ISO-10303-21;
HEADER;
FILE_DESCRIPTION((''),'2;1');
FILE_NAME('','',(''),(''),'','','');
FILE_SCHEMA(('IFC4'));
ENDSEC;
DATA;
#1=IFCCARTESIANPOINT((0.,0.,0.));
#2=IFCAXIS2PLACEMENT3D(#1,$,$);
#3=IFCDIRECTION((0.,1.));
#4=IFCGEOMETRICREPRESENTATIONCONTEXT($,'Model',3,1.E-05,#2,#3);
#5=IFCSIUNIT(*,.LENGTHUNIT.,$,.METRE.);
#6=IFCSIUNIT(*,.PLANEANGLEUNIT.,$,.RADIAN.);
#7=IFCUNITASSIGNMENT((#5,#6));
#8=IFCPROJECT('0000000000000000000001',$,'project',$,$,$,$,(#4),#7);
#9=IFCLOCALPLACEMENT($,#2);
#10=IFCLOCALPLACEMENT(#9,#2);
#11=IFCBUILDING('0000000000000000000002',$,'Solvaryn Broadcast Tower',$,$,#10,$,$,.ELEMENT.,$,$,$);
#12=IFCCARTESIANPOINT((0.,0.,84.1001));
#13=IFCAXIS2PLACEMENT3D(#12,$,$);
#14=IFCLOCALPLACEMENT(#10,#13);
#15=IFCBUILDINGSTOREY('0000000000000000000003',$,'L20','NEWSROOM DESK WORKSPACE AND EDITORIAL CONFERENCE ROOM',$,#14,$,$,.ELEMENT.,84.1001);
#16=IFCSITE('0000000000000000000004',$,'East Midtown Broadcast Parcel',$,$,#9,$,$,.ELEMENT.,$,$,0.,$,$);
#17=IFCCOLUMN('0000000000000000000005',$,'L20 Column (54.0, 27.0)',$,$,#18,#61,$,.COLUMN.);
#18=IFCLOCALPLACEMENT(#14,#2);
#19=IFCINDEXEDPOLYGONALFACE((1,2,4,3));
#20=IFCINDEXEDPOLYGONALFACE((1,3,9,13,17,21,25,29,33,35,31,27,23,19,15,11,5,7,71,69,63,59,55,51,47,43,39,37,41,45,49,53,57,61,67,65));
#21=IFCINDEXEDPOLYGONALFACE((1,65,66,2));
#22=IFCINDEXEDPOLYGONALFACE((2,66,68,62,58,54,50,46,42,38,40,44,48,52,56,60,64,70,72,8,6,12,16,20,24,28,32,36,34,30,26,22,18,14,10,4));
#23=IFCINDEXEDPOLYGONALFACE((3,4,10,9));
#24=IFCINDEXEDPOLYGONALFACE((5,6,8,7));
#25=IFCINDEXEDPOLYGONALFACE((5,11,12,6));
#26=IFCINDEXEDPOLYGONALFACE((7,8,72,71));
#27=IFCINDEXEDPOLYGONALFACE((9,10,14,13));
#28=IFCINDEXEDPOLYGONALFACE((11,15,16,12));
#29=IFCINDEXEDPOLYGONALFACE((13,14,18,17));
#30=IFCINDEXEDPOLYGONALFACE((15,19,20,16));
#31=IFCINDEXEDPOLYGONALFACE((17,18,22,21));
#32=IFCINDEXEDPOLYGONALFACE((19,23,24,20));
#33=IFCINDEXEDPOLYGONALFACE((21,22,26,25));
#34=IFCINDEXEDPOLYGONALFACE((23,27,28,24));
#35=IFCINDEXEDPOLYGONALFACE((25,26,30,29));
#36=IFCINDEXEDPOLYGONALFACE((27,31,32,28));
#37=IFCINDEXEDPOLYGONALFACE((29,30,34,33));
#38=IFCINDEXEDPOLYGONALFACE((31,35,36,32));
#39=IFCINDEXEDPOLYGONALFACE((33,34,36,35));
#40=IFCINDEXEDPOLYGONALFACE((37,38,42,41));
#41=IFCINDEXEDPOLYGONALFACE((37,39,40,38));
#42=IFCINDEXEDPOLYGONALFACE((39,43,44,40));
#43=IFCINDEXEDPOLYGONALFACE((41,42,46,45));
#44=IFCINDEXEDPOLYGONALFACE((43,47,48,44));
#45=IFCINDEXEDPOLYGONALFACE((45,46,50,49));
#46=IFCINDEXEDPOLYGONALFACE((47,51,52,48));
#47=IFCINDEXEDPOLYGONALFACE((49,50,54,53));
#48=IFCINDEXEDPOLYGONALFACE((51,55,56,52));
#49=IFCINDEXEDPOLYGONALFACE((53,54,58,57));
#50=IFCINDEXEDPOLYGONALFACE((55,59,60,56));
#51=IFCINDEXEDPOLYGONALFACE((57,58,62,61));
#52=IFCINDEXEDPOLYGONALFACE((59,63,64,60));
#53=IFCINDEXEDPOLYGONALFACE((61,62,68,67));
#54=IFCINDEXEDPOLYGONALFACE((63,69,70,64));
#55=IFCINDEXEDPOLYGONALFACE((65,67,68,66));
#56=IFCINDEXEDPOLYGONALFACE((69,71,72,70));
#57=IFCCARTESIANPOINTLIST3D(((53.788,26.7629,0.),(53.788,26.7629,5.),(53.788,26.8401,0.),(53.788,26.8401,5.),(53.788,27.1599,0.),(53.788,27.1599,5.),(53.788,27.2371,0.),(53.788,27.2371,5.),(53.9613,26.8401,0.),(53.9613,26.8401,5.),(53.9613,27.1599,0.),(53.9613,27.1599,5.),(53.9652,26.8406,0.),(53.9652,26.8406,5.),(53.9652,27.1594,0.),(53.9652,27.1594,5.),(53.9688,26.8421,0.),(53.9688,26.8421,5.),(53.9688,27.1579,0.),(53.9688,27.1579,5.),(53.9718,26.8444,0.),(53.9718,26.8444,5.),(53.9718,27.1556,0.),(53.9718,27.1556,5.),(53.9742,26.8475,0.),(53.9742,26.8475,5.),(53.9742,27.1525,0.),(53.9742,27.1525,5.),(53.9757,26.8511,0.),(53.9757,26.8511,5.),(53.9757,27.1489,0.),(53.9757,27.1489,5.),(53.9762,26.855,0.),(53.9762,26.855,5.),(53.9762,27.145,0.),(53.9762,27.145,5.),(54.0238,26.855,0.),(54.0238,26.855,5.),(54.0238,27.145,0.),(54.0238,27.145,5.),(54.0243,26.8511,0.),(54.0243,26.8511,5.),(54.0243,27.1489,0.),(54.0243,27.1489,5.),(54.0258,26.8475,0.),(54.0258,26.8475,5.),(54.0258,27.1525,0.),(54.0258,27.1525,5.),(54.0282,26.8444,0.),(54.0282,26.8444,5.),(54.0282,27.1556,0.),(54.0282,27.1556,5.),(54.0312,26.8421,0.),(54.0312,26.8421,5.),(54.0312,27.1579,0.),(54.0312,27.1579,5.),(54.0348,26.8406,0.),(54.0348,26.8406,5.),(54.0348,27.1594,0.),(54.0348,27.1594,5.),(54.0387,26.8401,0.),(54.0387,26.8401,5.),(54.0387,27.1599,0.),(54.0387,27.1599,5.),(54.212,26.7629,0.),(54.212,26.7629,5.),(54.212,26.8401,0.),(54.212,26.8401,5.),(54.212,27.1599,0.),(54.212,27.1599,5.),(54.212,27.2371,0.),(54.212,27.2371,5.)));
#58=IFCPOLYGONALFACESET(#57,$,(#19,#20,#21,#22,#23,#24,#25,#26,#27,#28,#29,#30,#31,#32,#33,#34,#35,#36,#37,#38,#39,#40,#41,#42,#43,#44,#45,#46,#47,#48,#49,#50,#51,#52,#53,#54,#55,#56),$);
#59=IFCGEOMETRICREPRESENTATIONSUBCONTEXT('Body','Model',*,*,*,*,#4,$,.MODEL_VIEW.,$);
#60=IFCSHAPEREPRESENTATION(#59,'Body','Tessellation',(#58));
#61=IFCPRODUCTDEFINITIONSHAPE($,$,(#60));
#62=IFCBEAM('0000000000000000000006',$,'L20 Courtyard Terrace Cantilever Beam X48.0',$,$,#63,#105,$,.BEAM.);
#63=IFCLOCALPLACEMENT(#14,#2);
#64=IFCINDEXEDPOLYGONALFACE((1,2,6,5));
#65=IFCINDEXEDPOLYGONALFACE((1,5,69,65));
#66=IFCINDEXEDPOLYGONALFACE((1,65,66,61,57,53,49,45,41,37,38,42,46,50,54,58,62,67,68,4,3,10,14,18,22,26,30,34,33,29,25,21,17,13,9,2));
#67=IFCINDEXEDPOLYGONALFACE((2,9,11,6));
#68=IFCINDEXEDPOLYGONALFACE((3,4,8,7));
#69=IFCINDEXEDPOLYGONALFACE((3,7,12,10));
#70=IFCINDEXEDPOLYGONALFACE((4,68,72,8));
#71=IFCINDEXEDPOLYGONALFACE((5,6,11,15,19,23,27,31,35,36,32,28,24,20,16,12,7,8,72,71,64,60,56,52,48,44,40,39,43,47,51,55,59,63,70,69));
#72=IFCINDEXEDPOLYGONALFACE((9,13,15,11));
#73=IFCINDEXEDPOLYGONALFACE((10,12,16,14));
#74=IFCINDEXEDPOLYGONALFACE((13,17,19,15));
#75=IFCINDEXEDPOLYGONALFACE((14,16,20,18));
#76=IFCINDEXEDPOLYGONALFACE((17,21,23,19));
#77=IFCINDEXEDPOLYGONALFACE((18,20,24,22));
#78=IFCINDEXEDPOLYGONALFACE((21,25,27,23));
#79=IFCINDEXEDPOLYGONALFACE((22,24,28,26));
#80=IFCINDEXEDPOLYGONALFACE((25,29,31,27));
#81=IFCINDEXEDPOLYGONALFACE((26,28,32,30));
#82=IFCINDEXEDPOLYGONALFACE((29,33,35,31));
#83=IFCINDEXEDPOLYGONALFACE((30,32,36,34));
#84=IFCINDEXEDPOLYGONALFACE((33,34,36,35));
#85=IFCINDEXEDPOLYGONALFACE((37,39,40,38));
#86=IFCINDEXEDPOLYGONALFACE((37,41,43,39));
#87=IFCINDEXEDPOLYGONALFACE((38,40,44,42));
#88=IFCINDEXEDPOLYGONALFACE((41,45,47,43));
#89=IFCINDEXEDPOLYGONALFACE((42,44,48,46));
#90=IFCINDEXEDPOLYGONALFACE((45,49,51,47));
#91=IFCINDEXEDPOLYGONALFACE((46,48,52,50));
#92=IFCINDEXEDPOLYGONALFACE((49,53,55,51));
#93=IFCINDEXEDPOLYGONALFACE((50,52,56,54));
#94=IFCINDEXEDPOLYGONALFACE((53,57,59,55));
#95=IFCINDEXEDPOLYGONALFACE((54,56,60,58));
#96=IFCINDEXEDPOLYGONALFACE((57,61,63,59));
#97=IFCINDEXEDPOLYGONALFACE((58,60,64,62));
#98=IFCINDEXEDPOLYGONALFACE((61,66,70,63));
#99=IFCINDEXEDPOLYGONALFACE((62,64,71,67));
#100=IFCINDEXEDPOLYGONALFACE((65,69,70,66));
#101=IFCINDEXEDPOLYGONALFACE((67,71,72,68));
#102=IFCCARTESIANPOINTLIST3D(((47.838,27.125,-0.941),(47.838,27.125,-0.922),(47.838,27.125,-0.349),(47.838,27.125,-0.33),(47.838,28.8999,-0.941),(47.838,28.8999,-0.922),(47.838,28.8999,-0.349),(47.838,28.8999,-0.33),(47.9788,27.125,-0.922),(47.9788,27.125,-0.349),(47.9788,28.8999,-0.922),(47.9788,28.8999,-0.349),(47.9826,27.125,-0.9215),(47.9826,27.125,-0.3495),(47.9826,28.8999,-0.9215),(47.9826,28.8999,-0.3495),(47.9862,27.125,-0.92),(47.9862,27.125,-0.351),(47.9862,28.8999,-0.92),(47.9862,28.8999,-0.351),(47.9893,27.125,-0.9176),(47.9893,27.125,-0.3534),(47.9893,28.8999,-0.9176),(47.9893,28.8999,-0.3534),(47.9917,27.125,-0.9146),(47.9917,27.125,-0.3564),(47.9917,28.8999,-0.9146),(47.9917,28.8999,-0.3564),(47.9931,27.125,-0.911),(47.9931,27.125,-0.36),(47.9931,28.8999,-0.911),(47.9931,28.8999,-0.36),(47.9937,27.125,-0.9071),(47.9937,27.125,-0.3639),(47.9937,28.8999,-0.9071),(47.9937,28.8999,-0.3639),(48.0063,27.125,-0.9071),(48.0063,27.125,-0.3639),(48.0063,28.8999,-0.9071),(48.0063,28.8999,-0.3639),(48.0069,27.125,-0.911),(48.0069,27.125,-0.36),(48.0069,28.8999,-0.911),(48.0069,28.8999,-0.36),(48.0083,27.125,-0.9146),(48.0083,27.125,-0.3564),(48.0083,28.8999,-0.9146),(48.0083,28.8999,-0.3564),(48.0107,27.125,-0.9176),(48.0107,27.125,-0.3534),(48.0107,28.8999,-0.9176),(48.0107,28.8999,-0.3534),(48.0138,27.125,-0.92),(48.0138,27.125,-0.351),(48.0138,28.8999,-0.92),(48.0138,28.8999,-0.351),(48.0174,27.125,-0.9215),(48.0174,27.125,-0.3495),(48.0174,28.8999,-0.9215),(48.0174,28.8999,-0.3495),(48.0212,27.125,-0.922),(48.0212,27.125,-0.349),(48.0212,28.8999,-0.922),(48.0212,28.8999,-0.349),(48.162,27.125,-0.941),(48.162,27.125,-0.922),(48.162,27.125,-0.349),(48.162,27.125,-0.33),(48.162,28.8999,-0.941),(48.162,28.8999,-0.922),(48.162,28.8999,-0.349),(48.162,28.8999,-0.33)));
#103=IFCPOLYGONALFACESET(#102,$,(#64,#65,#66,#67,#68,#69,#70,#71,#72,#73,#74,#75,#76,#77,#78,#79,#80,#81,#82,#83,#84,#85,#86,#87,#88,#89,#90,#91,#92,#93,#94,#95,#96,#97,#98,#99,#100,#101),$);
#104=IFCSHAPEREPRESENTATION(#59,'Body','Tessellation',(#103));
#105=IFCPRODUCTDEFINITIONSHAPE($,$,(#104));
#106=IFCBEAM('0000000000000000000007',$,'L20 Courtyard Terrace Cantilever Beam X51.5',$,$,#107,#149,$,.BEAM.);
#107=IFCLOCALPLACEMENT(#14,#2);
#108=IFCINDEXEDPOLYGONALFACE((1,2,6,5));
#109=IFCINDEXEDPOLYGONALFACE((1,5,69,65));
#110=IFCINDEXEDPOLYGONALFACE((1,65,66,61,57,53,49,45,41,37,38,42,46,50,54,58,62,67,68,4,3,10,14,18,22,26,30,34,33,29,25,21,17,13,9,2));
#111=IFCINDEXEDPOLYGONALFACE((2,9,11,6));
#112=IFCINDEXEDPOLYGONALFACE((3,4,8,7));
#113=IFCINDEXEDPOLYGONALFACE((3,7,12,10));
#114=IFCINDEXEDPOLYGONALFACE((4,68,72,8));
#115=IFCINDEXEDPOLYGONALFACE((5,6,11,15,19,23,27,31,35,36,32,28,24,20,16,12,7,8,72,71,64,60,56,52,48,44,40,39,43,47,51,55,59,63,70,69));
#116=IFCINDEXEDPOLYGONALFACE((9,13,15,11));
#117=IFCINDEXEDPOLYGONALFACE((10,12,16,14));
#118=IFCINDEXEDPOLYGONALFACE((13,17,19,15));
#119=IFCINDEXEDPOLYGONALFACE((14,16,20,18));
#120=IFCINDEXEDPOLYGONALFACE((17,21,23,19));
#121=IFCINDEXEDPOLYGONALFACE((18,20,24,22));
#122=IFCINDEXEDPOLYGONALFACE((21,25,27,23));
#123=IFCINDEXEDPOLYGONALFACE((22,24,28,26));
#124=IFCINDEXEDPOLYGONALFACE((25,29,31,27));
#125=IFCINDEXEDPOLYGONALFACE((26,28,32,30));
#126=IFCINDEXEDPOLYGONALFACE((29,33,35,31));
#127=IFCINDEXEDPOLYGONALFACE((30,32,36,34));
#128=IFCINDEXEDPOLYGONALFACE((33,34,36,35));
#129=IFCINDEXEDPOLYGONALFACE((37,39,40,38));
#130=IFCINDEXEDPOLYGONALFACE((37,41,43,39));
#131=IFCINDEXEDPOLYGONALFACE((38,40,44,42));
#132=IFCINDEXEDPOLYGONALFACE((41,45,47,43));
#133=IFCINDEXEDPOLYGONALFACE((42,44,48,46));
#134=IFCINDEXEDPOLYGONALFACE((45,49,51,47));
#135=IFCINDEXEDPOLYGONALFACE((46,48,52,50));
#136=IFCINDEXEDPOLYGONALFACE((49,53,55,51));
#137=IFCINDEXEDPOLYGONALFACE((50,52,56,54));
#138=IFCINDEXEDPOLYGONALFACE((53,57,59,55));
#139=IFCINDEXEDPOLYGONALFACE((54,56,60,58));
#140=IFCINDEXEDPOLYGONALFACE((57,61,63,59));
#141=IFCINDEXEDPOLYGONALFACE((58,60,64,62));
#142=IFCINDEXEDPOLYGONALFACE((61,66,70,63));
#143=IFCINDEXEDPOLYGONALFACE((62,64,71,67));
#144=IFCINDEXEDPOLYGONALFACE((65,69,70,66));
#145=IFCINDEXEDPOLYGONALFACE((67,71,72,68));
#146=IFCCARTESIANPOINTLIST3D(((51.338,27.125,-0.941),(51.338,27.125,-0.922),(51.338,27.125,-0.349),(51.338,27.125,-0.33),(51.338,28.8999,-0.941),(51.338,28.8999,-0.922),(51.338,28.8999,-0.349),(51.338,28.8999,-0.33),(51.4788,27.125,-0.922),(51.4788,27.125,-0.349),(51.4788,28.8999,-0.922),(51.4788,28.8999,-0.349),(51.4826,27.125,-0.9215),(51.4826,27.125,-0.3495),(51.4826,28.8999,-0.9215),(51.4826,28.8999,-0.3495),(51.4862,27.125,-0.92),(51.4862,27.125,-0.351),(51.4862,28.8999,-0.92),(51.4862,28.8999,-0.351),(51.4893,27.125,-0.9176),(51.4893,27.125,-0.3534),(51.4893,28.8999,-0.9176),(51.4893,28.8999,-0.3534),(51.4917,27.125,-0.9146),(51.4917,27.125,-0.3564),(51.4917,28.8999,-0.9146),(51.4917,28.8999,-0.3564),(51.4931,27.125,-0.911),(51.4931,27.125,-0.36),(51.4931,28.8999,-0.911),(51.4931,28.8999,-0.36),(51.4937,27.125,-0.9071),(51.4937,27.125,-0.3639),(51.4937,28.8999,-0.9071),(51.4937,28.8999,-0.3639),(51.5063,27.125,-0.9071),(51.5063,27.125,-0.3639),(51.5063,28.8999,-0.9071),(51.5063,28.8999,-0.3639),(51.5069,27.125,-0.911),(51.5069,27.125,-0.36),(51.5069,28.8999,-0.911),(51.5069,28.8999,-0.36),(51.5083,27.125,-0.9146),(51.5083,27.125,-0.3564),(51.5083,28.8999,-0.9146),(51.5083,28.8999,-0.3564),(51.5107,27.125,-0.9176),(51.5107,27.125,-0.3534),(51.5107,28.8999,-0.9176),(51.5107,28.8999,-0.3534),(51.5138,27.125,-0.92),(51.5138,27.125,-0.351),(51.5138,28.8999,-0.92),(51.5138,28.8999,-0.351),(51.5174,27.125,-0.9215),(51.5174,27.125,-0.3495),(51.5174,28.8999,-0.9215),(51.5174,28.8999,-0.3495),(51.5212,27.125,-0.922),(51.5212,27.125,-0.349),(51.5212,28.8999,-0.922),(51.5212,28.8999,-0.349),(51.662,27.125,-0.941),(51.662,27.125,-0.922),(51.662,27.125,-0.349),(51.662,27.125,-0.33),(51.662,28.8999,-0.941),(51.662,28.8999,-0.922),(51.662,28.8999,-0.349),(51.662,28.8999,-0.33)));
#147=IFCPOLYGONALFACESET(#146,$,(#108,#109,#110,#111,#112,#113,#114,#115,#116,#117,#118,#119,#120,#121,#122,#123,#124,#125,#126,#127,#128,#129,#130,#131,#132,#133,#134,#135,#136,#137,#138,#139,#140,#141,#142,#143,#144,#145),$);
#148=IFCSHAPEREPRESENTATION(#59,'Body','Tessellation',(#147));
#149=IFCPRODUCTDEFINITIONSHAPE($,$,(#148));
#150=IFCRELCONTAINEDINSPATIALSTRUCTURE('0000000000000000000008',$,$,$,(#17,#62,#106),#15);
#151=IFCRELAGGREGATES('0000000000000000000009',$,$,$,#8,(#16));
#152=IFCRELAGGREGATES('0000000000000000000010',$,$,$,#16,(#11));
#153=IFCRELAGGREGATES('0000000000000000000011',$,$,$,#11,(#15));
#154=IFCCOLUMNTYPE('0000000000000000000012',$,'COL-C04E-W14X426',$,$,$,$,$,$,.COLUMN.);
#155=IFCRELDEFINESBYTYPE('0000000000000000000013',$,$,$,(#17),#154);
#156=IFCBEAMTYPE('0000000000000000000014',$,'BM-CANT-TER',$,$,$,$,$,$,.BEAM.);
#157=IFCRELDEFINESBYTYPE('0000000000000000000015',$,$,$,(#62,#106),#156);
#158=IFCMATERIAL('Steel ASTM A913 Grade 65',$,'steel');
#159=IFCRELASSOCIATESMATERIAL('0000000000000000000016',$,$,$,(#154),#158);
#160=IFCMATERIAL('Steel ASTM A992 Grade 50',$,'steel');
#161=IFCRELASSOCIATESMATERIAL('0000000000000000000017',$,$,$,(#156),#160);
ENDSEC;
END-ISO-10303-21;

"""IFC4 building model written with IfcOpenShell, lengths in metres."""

from ifc_helpers import new_model, si_unit, direction, frame, origin, origin_2d, place, context, subcontext, project, spatial, i_section, extrude, material, material_profile, profile_set, type_object, element, save


model = new_model("IFC4")

# Units and contexts
model_context = context("Model", 3, precision=1e-05, world=origin(), true_north=direction((0.0, 1.0)))
body_context = subcontext(model_context, "Body", "Model", "MODEL_VIEW")
ifc_project = project(units=[si_unit("LENGTHUNIT", "METRE"), si_unit("PLANEANGLEUNIT", "RADIAN")], contexts=[model_context])

# Site, building, storey
site_placement = place(None, origin())
site = spatial("IfcSite", under=ifc_project, at=site_placement, Name="East Midtown Broadcast Parcel", CompositionType="ELEMENT", RefElevation=0.0)
building_placement = place(site_placement, origin())
building = spatial("IfcBuilding", under=site, at=building_placement, Name="Solvaryn Broadcast Tower", CompositionType="ELEMENT")
storey_placement = place(building_placement, frame((0.0, 0.0, 84.1001)))
storey = spatial("IfcBuildingStorey", under=building, at=storey_placement, Name="L20", Description="NEWSROOM DESK WORKSPACE AND EDITORIAL CONFERENCE ROOM", CompositionType="ELEMENT", Elevation=84.1001)

# Column
ifc_material_1 = material(Name="Steel ASTM A913 Grade 65", Category="steel")
ifc_material_profile_1 = material_profile(ifc_material_1, i_section(OverallWidth=0.4241, OverallDepth=0.4741, WebThickness=0.0476, FlangeThickness=0.0771, FilletRadius=0.0149, at=origin_2d()))
ifc_profile_set_1 = profile_set([ifc_material_profile_1], Name="Steel ASTM A913 Grade 65")
column_type = type_object("IfcColumnType", Name="COL-C04E-W14X426", PredefinedType="COLUMN", material=ifc_profile_set_1)
column_placement = place(storey_placement, frame((54.0, 27.0, 0.0), z_axis=(0.0, 0.0, 1.0), x_axis=(1.0, 0.0, 0.0)))
element("IfcColumn", 1, at=column_placement, inside=storey, type_object=column_type, Name="L20 Column (54.0, 27.0)", PredefinedType="COLUMN", context=body_context, shape_type="SweptSolid", body=[
    extrude(i_section(OverallWidth=0.4241, OverallDepth=0.4741, WebThickness=0.0476, FlangeThickness=0.0771, FilletRadius=0.0149, at=origin_2d()), origin(), (0.0, 0.0, 1.0), 5.0),
])

# Beams
ifc_material_2 = material(Name="Steel ASTM A992 Grade 50", Category="steel")
ifc_material_profile_2 = material_profile(ifc_material_2, i_section(OverallWidth=0.324, OverallDepth=0.6111, WebThickness=0.0127, FlangeThickness=0.019, FilletRadius=0.0149, at=origin_2d()))
ifc_profile_set_2 = profile_set([ifc_material_profile_2], Name="Steel ASTM A992 Grade 50")
beam_type = type_object("IfcBeamType", Name="BM-CANT-TER", PredefinedType="BEAM", material=ifc_profile_set_2)
for number, where, z_axis, x_axis, name in (
    (2, (48.0, 27.125, -0.6355), (0.0, 1.0, 0.0), (-1.0, 0.0, 0.0), "L20 Courtyard Terrace Cantilever Beam X48.0"),
    (3, (51.5, 27.125, -0.6355), (0.0, 1.0, 0.0), (-1.0, 0.0, 0.0), "L20 Courtyard Terrace Cantilever Beam X51.5"),
):
    element("IfcBeam", number, at=place(storey_placement, frame(where, z_axis=z_axis, x_axis=x_axis)), inside=storey, type_object=beam_type, Name=name, PredefinedType="BEAM", context=body_context, shape_type="SweptSolid", body=[
        extrude(i_section(OverallWidth=0.324, OverallDepth=0.6111, WebThickness=0.0127, FlangeThickness=0.019, FilletRadius=0.0149, at=origin_2d()), origin(), (0.0, 0.0, 1.0), 1.7749),
    ])

save(model, "model.ifc")
